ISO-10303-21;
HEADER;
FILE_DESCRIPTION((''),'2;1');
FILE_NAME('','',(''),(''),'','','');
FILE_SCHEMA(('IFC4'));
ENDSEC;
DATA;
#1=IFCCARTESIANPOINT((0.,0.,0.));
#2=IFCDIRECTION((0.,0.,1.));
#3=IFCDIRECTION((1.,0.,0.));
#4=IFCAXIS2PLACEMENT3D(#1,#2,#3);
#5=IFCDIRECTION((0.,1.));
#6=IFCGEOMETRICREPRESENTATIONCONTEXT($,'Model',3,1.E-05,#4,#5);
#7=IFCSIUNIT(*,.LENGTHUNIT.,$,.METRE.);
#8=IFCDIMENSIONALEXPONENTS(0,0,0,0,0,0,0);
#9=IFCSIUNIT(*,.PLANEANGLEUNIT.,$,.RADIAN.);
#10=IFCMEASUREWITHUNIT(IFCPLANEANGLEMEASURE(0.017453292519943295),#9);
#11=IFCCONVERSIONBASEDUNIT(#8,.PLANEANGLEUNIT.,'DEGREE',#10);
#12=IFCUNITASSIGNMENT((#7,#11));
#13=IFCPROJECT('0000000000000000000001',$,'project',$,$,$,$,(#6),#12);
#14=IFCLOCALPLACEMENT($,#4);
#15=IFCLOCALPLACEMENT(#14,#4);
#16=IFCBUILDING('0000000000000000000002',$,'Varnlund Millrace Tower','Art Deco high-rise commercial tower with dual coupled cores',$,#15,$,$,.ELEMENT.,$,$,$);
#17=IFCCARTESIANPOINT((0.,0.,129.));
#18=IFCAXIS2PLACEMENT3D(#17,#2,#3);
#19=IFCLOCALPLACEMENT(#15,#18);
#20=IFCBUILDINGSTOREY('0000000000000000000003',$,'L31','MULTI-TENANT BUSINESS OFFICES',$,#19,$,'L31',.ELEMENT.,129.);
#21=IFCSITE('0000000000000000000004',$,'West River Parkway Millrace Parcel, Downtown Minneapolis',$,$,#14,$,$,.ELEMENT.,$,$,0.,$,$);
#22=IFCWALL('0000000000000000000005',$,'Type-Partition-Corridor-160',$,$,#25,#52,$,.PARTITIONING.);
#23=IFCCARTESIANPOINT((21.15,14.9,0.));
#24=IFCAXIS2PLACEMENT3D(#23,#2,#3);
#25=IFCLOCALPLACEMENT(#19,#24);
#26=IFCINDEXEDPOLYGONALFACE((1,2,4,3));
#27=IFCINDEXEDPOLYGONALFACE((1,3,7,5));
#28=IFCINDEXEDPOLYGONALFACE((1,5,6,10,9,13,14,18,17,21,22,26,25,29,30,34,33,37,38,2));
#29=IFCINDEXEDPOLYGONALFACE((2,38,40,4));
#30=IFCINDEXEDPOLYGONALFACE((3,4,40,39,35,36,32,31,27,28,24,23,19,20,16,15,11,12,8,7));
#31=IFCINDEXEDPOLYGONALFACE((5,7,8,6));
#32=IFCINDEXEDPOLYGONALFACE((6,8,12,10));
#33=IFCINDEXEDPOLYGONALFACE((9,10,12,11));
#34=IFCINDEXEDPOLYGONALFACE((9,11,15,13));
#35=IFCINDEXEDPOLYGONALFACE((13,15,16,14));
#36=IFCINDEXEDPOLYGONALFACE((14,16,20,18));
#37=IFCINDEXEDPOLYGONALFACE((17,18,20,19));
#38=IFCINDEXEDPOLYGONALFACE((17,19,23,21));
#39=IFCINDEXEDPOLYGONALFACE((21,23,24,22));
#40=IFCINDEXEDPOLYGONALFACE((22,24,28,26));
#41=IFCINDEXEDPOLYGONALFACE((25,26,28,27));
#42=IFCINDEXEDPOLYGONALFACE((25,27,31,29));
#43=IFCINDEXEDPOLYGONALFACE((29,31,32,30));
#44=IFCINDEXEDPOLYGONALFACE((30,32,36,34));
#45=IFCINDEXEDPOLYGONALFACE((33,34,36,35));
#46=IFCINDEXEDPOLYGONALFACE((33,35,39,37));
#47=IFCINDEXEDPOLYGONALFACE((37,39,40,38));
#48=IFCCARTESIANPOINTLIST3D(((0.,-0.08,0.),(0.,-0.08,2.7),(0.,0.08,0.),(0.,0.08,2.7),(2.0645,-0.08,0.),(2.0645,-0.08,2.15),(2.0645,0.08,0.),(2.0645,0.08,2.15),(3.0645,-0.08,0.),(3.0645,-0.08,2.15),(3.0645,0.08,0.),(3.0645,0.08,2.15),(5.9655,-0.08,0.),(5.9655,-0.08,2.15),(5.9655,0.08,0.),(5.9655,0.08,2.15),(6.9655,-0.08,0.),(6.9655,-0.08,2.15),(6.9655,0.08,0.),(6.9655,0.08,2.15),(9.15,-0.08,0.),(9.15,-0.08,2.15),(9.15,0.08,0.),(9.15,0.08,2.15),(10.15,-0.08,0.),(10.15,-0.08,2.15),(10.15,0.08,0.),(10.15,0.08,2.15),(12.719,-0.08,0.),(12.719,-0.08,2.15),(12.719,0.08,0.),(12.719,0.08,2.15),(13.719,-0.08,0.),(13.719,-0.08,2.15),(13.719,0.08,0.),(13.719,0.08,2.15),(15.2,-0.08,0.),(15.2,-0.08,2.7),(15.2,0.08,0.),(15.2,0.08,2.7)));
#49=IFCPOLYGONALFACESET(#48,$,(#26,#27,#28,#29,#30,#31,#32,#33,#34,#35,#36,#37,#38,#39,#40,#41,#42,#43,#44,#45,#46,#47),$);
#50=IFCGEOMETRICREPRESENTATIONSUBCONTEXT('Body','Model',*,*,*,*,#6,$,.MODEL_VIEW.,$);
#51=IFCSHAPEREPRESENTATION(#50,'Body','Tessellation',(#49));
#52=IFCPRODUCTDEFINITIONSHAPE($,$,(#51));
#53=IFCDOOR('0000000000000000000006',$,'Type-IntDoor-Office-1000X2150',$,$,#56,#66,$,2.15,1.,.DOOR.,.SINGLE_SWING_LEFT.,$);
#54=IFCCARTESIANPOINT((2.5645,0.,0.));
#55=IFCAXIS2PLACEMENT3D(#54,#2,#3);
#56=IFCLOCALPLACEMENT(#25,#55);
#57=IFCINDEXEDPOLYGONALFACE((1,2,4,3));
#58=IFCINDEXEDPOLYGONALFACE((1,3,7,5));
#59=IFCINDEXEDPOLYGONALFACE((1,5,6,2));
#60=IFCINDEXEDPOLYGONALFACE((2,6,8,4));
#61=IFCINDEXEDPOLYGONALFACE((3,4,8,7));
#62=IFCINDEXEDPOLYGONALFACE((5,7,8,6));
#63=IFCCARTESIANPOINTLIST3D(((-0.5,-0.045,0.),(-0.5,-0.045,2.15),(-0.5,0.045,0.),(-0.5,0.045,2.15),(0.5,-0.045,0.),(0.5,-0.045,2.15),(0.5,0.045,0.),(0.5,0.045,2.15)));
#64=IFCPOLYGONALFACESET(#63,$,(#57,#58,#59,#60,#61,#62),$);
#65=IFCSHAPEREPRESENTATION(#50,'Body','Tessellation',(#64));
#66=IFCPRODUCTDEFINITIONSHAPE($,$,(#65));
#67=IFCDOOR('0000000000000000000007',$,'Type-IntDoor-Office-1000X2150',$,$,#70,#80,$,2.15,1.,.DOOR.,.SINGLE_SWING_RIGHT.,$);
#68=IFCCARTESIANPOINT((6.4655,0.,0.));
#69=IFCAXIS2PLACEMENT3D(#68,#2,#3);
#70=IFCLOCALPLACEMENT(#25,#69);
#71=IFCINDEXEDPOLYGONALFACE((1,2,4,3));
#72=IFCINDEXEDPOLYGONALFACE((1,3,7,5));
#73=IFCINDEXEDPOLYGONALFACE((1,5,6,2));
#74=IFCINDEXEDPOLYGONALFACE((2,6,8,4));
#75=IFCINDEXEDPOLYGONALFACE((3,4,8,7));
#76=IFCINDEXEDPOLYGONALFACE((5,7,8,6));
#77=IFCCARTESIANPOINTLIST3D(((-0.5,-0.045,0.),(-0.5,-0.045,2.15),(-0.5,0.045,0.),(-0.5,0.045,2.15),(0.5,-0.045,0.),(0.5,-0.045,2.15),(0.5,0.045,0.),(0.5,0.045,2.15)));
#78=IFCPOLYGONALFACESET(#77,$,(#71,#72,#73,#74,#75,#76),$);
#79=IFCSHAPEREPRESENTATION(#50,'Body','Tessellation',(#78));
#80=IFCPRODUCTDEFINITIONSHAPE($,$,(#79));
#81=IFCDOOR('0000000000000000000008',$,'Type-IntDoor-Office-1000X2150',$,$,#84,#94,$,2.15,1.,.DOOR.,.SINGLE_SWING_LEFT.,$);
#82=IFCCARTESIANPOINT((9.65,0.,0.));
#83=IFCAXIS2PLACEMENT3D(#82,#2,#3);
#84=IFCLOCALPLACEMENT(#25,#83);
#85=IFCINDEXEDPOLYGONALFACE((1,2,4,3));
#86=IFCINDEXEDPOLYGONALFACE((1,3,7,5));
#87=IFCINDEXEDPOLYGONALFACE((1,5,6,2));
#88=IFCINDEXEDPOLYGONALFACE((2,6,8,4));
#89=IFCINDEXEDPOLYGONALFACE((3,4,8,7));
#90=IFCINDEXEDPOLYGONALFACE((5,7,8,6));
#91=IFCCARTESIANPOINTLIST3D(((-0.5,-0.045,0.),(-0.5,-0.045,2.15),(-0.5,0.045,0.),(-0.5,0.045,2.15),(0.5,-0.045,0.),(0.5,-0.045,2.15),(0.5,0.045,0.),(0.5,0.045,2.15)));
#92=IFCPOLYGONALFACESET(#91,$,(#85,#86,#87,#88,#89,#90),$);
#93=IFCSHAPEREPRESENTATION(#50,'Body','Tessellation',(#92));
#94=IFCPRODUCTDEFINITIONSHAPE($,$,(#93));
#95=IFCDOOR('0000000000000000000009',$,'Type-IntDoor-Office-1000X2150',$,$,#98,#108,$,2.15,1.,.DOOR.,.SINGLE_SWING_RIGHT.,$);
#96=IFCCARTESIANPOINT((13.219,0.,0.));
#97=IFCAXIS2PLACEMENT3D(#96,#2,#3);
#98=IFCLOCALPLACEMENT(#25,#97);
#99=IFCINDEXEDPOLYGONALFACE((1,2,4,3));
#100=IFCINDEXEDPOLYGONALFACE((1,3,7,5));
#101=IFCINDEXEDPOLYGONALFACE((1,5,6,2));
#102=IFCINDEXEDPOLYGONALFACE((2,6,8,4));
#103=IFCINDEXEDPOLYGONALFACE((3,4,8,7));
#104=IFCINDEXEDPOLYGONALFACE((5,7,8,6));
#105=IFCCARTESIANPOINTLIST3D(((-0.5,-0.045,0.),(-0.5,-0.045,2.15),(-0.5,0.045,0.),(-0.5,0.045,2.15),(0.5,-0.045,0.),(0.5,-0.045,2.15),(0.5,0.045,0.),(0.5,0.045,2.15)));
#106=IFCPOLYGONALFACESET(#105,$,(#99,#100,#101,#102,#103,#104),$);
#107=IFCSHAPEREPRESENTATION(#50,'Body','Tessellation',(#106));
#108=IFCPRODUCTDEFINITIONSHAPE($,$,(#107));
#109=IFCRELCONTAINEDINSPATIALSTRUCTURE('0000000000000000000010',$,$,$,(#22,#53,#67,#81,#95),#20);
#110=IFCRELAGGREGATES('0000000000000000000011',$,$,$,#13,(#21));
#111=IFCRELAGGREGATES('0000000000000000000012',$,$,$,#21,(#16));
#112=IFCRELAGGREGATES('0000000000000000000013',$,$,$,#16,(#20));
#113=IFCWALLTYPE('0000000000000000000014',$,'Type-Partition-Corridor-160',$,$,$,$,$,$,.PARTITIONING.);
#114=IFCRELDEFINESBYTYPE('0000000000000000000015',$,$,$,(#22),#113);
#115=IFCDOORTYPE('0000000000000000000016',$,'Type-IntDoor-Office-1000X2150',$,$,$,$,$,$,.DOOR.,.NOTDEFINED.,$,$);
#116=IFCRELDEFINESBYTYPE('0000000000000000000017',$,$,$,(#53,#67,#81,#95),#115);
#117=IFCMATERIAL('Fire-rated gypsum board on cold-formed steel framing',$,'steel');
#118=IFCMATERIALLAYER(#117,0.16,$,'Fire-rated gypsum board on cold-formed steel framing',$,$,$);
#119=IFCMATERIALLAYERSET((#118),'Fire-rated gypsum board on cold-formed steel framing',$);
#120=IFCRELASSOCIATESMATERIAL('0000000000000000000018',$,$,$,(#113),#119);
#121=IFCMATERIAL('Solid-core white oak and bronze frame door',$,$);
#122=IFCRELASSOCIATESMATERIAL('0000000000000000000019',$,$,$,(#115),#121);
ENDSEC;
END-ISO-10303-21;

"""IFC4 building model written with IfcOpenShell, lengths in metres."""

from ifc_helpers import new_model, entity, si_unit, converted_unit, direction, frame, origin_with_axes, origin_2d_with_axis, place, context, subcontext, project, spatial, polyline, rectangle, outline, extrude, material, layer, layer_set, type_object, element, fill, save


model = new_model("IFC4")

# Units and contexts
model_context = context("Model", 3, precision=1e-05, world=origin_with_axes(), true_north=direction((0.0, 1.0)))
body_context = subcontext(model_context, "Body", "Model", "MODEL_VIEW")
ifc_project = project(units=[si_unit("LENGTHUNIT", "METRE"), converted_unit("PLANEANGLEUNIT", "DEGREE", entity("IfcPlaneAngleMeasure", 0.017453292519943295), si_unit("PLANEANGLEUNIT", "RADIAN"), dimensions=[0, 0, 0, 0, 0, 0, 0])], contexts=[model_context])

# Site, building, storey
site_placement = place(None, origin_with_axes())
site = spatial("IfcSite", under=ifc_project, at=site_placement, Name="West River Parkway Millrace Parcel, Downtown Minneapolis", CompositionType="ELEMENT", RefElevation=0.0)
building_placement = place(site_placement, origin_with_axes())
building = spatial("IfcBuilding", under=site, at=building_placement, Name="Varnlund Millrace Tower", Description="Art Deco high-rise commercial tower with dual coupled cores", CompositionType="ELEMENT")
storey_placement = place(building_placement, frame((0.0, 0.0, 129.0), z_axis=(0.0, 0.0, 1.0), x_axis=(1.0, 0.0, 0.0)))
storey = spatial("IfcBuildingStorey", under=building, at=storey_placement, Name="L31", Description="MULTI-TENANT BUSINESS OFFICES", LongName="L31", CompositionType="ELEMENT", Elevation=129.0)

# Wall, openings, doors
ifc_material_1 = material(Name="Fire-rated gypsum board on cold-formed steel framing", Category="steel")
ifc_layer_1 = layer(ifc_material_1, 0.16, Name="Fire-rated gypsum board on cold-formed steel framing")
ifc_layer_set_1 = layer_set([ifc_layer_1], Name="Fire-rated gypsum board on cold-formed steel framing")
wall_type_1 = type_object("IfcWallType", Name="Type-Partition-Corridor-160", PredefinedType="PARTITIONING", material=ifc_layer_set_1)
wall_1_placement = place(storey_placement, frame((21.15, 14.9, 0.0), z_axis=(0.0, 0.0, 1.0), x_axis=(1.0, 0.0, 0.0)))
wall_1 = element("IfcWall", 1, at=wall_1_placement, inside=storey, type_object=wall_type_1, Name="Type-Partition-Corridor-160", PredefinedType="PARTITIONING", context=body_context, shape_type="SweptSolid", body=[
    extrude(outline(polyline([(0.0, -0.08), (15.2, -0.08), (15.2, 0.08), (0.0, 0.08), (0.0, -0.08)])), origin_with_axes(), (0.0, 0.0, 1.0), 2.7),
])
opening_1_placement = place(wall_1_placement, frame((2.5645, 0.0, 0.0), z_axis=(0.0, 0.0, 1.0), x_axis=(1.0, 0.0, 0.0)))
opening_1 = element("IfcOpeningElement", 2, at=opening_1_placement, cuts=wall_1, PredefinedType="OPENING", context=body_context, shape_type="SweptSolid", body=[
    extrude(rectangle(XDim=1.0, YDim=0.18, at=origin_2d_with_axis()), origin_with_axes(), (0.0, 0.0, 1.0), 2.15),
])
opening_2_placement = place(wall_1_placement, frame((6.4655, 0.0, 0.0), z_axis=(0.0, 0.0, 1.0), x_axis=(1.0, 0.0, 0.0)))
opening_2 = element("IfcOpeningElement", 3, at=opening_2_placement, cuts=wall_1, PredefinedType="OPENING", context=body_context, shape_type="SweptSolid", body=[
    extrude(rectangle(XDim=1.0, YDim=0.18, at=origin_2d_with_axis()), origin_with_axes(), (0.0, 0.0, 1.0), 2.15),
])
opening_3_placement = place(wall_1_placement, frame((9.65, 0.0, 0.0), z_axis=(0.0, 0.0, 1.0), x_axis=(1.0, 0.0, 0.0)))
opening_3 = element("IfcOpeningElement", 4, at=opening_3_placement, cuts=wall_1, PredefinedType="OPENING", context=body_context, shape_type="SweptSolid", body=[
    extrude(rectangle(XDim=1.0, YDim=0.18, at=origin_2d_with_axis()), origin_with_axes(), (0.0, 0.0, 1.0), 2.15),
])
opening_4_placement = place(wall_1_placement, frame((13.219, 0.0, 0.0), z_axis=(0.0, 0.0, 1.0), x_axis=(1.0, 0.0, 0.0)))
opening_4 = element("IfcOpeningElement", 5, at=opening_4_placement, cuts=wall_1, PredefinedType="OPENING", context=body_context, shape_type="SweptSolid", body=[
    extrude(rectangle(XDim=1.0, YDim=0.18, at=origin_2d_with_axis()), origin_with_axes(), (0.0, 0.0, 1.0), 2.15),
])
ifc_material_2 = material(Name="Solid-core white oak and bronze frame door")
door_type = type_object("IfcDoorType", Name="Type-IntDoor-Office-1000X2150", OperationType="NOTDEFINED", PredefinedType="DOOR", material=ifc_material_2)
door_1_placement = place(wall_1_placement, frame((2.5645, 0.0, 0.0), z_axis=(0.0, 0.0, 1.0), x_axis=(1.0, 0.0, 0.0)))
door_1 = element("IfcDoor", 6, at=door_1_placement, inside=storey, type_object=door_type, Name="Type-IntDoor-Office-1000X2150", OperationType="SINGLE_SWING_LEFT", OverallHeight=2.15, OverallWidth=1.0, PredefinedType="DOOR", context=body_context, shape_type="SweptSolid", body=[
    extrude(rectangle(XDim=1.0, YDim=0.09, at=origin_2d_with_axis()), origin_with_axes(), (0.0, 0.0, 1.0), 2.15),
])
fill(opening_1, door_1)
door_2_placement = place(wall_1_placement, frame((6.4655, 0.0, 0.0), z_axis=(0.0, 0.0, 1.0), x_axis=(1.0, 0.0, 0.0)))
door_2 = element("IfcDoor", 7, at=door_2_placement, inside=storey, type_object=door_type, Name="Type-IntDoor-Office-1000X2150", OperationType="SINGLE_SWING_RIGHT", OverallHeight=2.15, OverallWidth=1.0, PredefinedType="DOOR", context=body_context, shape_type="SweptSolid", body=[
    extrude(rectangle(XDim=1.0, YDim=0.09, at=origin_2d_with_axis()), origin_with_axes(), (0.0, 0.0, 1.0), 2.15),
])
fill(opening_2, door_2)
door_3_placement = place(wall_1_placement, frame((9.65, 0.0, 0.0), z_axis=(0.0, 0.0, 1.0), x_axis=(1.0, 0.0, 0.0)))
door_3 = element("IfcDoor", 8, at=door_3_placement, inside=storey, type_object=door_type, Name="Type-IntDoor-Office-1000X2150", OperationType="SINGLE_SWING_LEFT", OverallHeight=2.15, OverallWidth=1.0, PredefinedType="DOOR", context=body_context, shape_type="SweptSolid", body=[
    extrude(rectangle(XDim=1.0, YDim=0.09, at=origin_2d_with_axis()), origin_with_axes(), (0.0, 0.0, 1.0), 2.15),
])
fill(opening_3, door_3)
door_4_placement = place(wall_1_placement, frame((13.219, 0.0, 0.0), z_axis=(0.0, 0.0, 1.0), x_axis=(1.0, 0.0, 0.0)))
door_4 = element("IfcDoor", 9, at=door_4_placement, inside=storey, type_object=door_type, Name="Type-IntDoor-Office-1000X2150", OperationType="SINGLE_SWING_RIGHT", OverallHeight=2.15, OverallWidth=1.0, PredefinedType="DOOR", context=body_context, shape_type="SweptSolid", body=[
    extrude(rectangle(XDim=1.0, YDim=0.09, at=origin_2d_with_axis()), origin_with_axes(), (0.0, 0.0, 1.0), 2.15),
])
fill(opening_4, door_4)

save(model, "model.ifc")
